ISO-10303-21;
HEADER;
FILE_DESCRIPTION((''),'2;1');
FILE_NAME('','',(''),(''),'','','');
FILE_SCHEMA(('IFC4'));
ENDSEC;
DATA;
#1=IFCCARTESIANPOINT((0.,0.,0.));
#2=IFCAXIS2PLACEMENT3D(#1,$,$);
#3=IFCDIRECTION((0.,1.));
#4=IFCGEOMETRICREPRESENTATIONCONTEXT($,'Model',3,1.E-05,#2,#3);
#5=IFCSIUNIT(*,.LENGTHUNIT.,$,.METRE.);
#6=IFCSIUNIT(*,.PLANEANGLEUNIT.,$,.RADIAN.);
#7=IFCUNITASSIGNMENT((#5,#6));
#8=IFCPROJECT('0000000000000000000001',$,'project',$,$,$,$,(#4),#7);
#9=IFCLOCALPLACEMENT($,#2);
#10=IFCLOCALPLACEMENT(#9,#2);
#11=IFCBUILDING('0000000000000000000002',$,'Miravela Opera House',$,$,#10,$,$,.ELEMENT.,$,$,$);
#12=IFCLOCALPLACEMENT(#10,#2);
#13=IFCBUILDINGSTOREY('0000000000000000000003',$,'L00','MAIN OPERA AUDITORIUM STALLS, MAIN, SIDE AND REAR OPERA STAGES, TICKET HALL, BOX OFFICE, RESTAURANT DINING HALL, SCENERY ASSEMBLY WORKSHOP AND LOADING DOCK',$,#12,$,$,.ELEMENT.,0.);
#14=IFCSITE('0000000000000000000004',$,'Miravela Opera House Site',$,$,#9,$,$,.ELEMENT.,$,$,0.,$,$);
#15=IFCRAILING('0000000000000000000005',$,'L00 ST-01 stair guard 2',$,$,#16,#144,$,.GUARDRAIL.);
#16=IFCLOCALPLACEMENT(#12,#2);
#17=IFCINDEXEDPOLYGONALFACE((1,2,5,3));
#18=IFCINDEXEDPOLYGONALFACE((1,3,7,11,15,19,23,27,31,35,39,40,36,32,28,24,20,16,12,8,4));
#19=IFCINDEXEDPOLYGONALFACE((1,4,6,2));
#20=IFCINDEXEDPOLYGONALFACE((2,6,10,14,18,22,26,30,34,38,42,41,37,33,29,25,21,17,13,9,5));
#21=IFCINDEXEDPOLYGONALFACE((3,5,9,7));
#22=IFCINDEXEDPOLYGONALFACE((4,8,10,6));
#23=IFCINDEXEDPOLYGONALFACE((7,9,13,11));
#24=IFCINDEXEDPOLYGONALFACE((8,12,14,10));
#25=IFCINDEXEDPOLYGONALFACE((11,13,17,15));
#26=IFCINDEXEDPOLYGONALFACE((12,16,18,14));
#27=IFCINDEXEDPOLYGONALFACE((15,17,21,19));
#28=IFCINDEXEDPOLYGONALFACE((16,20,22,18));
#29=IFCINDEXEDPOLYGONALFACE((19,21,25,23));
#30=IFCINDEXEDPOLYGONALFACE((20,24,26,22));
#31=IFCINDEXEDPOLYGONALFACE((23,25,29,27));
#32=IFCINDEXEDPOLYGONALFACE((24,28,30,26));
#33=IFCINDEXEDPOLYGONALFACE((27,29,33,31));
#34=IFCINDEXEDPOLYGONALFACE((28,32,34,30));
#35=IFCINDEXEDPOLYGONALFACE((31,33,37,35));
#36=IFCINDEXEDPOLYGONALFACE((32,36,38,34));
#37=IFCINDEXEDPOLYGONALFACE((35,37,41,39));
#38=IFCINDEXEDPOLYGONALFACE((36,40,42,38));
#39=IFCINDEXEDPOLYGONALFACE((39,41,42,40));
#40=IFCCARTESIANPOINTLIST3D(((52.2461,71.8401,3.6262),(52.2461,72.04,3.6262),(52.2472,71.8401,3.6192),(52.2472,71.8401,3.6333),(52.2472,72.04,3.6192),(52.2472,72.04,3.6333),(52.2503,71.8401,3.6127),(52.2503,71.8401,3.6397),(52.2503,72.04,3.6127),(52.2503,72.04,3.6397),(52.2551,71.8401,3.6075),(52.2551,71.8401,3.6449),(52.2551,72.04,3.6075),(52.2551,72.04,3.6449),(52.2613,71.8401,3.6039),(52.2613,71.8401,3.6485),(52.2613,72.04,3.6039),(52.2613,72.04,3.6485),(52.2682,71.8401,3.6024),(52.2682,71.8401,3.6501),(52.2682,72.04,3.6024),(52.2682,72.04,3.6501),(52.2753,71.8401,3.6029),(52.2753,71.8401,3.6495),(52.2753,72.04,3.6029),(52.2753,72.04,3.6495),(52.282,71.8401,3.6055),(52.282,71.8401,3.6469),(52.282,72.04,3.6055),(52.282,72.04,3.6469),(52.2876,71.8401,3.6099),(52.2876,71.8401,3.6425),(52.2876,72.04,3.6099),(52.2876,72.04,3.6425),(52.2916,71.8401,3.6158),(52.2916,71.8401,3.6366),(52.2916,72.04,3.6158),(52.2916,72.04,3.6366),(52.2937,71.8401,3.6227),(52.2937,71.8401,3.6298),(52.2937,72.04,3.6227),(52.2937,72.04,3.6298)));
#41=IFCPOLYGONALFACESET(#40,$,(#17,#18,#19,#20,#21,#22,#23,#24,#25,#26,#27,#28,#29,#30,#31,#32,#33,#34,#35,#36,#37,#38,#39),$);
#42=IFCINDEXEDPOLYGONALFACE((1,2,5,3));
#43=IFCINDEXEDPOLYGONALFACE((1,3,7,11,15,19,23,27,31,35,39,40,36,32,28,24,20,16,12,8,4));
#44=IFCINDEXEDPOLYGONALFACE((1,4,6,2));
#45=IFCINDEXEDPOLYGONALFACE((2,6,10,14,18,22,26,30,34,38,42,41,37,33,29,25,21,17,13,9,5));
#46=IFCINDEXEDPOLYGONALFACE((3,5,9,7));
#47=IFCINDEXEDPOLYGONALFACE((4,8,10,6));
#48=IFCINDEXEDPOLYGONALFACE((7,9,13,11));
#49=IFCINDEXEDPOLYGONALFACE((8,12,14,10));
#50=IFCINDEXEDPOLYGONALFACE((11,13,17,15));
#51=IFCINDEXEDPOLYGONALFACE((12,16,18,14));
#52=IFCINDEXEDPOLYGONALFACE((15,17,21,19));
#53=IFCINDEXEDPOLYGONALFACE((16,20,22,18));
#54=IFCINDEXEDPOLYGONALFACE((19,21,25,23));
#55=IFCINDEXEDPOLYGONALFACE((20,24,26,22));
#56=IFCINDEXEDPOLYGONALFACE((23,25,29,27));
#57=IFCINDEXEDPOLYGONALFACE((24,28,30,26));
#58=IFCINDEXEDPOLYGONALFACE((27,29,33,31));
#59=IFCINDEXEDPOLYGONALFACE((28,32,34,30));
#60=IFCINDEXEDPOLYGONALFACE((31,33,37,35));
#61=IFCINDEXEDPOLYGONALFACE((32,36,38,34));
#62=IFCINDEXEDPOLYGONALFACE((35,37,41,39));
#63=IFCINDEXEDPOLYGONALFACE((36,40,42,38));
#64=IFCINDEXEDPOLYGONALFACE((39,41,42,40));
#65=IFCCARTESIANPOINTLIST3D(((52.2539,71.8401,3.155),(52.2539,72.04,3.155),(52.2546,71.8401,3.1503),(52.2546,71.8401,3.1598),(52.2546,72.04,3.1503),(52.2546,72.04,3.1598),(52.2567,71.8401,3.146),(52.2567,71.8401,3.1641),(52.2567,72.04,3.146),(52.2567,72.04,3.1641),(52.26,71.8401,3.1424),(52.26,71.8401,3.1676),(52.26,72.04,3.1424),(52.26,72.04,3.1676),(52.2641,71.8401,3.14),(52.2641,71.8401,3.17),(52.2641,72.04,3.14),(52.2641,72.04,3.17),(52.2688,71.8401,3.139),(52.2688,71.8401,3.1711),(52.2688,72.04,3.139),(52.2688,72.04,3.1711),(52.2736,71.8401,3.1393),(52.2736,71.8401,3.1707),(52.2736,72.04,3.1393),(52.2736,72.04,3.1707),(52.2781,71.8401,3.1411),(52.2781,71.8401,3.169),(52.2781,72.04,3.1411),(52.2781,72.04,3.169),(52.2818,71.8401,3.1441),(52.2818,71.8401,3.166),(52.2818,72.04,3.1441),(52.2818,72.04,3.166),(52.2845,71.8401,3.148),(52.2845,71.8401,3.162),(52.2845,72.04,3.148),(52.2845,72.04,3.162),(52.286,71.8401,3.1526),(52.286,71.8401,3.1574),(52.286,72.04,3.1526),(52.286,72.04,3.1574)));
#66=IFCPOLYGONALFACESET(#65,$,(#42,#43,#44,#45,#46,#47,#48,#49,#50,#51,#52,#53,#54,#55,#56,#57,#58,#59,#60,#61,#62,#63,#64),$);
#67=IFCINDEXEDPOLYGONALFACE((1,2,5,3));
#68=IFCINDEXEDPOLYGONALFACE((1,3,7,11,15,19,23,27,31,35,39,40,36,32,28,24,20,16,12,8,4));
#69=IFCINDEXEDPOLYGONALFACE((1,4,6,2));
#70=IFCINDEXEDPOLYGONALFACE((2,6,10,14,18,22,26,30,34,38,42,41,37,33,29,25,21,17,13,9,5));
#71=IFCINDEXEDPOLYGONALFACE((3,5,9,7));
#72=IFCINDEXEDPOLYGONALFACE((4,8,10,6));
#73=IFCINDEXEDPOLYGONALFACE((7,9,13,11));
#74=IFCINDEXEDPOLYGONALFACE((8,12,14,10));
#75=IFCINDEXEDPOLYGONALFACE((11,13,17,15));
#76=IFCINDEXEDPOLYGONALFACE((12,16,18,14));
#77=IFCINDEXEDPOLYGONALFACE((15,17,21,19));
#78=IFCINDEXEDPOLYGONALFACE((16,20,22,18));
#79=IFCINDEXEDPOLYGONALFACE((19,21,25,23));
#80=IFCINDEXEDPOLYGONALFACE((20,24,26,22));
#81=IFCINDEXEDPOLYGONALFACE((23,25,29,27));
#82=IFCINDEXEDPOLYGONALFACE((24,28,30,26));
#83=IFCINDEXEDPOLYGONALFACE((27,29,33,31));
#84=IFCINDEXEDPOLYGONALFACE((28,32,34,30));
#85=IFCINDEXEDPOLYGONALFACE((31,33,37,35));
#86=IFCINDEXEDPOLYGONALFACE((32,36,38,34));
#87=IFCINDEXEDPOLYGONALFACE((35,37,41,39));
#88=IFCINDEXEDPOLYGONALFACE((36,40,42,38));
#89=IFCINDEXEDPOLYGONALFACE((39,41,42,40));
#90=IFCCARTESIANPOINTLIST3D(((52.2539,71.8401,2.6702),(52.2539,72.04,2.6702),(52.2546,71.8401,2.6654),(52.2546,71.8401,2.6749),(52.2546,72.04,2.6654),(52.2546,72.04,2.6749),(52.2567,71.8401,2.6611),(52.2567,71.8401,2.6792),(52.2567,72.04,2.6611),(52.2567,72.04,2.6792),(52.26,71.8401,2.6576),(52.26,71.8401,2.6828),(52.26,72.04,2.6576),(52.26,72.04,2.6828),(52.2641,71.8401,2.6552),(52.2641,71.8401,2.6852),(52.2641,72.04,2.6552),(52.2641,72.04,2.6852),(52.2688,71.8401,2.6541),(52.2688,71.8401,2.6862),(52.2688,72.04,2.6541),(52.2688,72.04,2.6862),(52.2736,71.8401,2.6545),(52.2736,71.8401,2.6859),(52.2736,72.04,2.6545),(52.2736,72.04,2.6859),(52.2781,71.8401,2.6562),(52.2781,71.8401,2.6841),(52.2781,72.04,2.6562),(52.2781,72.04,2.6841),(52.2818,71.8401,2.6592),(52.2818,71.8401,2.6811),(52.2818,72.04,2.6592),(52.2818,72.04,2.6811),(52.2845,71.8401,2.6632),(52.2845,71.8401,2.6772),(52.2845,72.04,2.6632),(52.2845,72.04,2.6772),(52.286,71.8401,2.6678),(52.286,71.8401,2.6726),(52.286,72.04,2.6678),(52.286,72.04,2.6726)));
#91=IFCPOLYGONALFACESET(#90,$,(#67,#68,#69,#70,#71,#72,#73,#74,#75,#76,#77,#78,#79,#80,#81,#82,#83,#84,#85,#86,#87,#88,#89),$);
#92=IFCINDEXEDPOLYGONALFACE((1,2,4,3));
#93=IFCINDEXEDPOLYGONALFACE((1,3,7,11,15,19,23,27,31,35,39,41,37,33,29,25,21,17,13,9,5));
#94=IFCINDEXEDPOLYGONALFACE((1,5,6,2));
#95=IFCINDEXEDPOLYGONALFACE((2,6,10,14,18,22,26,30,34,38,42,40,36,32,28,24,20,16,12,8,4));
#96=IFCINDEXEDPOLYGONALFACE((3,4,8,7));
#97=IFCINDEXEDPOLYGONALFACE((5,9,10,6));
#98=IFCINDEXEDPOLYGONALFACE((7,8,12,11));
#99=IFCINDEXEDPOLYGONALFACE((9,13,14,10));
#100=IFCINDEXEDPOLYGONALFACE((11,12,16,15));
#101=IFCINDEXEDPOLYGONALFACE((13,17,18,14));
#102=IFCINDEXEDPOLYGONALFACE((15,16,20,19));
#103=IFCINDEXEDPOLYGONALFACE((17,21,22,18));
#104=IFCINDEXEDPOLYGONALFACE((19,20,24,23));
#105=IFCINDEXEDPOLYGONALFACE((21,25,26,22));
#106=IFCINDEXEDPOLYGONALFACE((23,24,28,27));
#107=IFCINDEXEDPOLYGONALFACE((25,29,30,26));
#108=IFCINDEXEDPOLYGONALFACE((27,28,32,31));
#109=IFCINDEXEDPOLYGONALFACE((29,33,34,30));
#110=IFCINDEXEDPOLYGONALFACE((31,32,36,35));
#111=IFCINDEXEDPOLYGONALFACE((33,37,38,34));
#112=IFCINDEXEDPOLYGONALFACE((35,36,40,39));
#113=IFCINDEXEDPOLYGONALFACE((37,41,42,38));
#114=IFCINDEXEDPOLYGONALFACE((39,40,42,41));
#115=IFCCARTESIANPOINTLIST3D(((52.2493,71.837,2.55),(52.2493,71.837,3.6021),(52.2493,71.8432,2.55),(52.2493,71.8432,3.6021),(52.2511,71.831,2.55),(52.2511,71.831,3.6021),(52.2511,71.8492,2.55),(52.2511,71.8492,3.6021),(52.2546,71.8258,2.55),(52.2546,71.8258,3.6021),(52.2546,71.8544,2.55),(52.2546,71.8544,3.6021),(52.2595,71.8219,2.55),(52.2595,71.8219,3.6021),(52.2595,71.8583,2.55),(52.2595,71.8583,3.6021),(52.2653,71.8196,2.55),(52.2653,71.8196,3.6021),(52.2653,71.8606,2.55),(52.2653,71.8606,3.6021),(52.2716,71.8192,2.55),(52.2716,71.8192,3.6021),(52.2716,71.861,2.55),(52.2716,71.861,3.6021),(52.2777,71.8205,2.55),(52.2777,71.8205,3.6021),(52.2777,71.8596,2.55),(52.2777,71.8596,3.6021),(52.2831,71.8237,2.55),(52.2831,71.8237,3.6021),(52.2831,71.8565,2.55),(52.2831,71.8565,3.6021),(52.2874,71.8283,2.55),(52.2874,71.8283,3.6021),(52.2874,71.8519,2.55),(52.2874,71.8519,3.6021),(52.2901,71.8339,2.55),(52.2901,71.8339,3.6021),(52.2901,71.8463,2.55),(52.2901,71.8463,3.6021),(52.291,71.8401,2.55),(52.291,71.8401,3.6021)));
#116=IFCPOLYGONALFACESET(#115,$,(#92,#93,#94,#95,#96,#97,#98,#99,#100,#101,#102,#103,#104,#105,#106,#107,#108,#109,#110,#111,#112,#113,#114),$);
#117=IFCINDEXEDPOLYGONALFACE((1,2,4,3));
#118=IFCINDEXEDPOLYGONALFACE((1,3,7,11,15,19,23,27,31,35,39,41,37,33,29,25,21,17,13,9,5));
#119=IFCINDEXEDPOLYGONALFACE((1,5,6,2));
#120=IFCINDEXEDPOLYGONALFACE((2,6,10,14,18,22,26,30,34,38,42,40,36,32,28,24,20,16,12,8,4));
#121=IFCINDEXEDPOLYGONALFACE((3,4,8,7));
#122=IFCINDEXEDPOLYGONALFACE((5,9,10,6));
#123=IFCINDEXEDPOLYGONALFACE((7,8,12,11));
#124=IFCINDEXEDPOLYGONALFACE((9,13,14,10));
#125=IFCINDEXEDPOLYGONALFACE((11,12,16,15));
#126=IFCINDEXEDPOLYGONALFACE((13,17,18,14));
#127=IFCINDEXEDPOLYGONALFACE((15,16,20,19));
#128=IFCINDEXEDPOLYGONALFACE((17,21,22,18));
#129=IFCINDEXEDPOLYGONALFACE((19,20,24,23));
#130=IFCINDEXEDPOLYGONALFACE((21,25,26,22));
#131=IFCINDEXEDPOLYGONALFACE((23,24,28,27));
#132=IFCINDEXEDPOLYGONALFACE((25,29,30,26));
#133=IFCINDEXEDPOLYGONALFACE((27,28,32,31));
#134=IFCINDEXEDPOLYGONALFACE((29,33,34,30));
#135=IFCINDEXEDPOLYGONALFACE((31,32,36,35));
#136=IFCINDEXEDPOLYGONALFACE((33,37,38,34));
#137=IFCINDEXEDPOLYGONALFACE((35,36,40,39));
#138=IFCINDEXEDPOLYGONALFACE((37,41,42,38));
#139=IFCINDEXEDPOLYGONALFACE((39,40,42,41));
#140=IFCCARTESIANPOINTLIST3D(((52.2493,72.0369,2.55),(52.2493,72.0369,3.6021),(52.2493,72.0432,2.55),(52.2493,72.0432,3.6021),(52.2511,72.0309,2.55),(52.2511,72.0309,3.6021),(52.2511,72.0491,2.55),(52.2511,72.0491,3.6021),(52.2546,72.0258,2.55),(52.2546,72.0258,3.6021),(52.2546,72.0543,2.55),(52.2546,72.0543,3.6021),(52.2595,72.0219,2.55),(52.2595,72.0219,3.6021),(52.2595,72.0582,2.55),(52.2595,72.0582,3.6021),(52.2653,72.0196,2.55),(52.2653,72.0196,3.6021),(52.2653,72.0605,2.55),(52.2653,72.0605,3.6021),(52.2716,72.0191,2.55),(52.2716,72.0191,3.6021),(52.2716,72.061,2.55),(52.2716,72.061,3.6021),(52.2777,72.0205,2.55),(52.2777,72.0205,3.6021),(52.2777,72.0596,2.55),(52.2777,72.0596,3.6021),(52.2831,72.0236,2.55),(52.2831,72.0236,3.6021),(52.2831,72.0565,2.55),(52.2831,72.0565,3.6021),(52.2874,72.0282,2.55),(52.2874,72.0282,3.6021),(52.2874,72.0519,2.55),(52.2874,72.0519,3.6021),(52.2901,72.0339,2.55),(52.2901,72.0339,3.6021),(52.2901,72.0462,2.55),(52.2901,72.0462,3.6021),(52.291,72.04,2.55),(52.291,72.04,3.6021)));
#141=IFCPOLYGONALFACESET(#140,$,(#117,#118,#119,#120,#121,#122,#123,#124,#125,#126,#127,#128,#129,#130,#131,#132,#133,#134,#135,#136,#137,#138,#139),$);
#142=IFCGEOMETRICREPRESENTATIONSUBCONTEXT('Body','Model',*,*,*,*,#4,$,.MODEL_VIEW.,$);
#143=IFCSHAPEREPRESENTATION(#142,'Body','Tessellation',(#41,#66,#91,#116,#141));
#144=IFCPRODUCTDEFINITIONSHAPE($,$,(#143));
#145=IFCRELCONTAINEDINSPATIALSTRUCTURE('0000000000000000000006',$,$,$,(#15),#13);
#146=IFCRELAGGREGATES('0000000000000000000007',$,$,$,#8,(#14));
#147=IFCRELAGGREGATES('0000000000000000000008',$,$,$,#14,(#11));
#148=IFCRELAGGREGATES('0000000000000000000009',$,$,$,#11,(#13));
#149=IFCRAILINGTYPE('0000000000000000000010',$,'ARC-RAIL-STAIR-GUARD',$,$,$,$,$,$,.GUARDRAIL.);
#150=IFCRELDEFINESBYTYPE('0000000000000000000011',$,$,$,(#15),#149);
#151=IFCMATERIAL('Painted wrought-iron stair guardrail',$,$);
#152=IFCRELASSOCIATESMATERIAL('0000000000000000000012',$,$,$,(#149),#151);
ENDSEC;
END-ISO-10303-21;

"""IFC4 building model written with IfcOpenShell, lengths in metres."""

from ifc_helpers import new_model, si_unit, direction, frame, origin, origin_2d, place, context, subcontext, project, spatial, circle, extrude, material, type_object, element, save


model = new_model("IFC4")

# Units and contexts
model_context = context("Model", 3, precision=1e-05, world=origin(), true_north=direction((0.0, 1.0)))
body_context = subcontext(model_context, "Body", "Model", "MODEL_VIEW")
ifc_project = project(units=[si_unit("LENGTHUNIT", "METRE"), si_unit("PLANEANGLEUNIT", "RADIAN")], contexts=[model_context])

# Site, building, storey
site_placement = place(None, origin())
site = spatial("IfcSite", under=ifc_project, at=site_placement, Name="Miravela Opera House Site", CompositionType="ELEMENT", RefElevation=0.0)
building_placement = place(site_placement, origin())
building = spatial("IfcBuilding", under=site, at=building_placement, Name="Miravela Opera House", CompositionType="ELEMENT")
storey_placement = place(building_placement, origin())
storey = spatial("IfcBuildingStorey", under=building, at=storey_placement, Name="L00", Description="MAIN OPERA AUDITORIUM STALLS, MAIN, SIDE AND REAR OPERA STAGES, TICKET HALL, BOX OFFICE, RESTAURANT DINING HALL, SCENERY ASSEMBLY WORKSHOP AND LOADING DOCK", CompositionType="ELEMENT", Elevation=0.0)

# Railing
ifc_material_1 = material(Name="Painted wrought-iron stair guardrail")
railing_type_1 = type_object("IfcRailingType", Name="ARC-RAIL-STAIR-GUARD", PredefinedType="GUARDRAIL", material=ifc_material_1)
railing_1_placement = place(storey_placement, frame((52.27, 71.8401, 2.55)))
element("IfcRailing", 1, at=railing_1_placement, inside=storey, type_object=railing_type_1, Name="L00 ST-01 stair guard 2", PredefinedType="GUARDRAIL", context=body_context, shape_type="SweptSolid", body=[
    extrude(circle(Radius=0.0239, at=origin_2d()), frame((0.0, 0.0, 1.0762), z_axis=(0.0, 1.0, 0.0), x_axis=(-1.0, 0.0, 0.0)), (0.0, 0.0, 1.0), 0.2),
    extrude(circle(Radius=0.0161, at=origin_2d()), frame((0.0, 0.0, 0.605), z_axis=(0.0, 1.0, 0.0), x_axis=(-1.0, 0.0, 0.0)), (0.0, 0.0, 1.0), 0.2),
    extrude(circle(Radius=0.0161, at=origin_2d()), frame((0.0, 0.0, 0.1201), z_axis=(0.0, 1.0, 0.0), x_axis=(-1.0, 0.0, 0.0)), (0.0, 0.0, 1.0), 0.2),
    extrude(circle(Radius=0.021, at=origin_2d()), origin(), (0.0, 0.0, 1.0), 1.052),
    extrude(circle(Radius=0.021, at=origin_2d()), frame((0.0, 0.2, 0.0)), (0.0, 0.0, 1.0), 1.052),
])

save(model, "model.ifc")
